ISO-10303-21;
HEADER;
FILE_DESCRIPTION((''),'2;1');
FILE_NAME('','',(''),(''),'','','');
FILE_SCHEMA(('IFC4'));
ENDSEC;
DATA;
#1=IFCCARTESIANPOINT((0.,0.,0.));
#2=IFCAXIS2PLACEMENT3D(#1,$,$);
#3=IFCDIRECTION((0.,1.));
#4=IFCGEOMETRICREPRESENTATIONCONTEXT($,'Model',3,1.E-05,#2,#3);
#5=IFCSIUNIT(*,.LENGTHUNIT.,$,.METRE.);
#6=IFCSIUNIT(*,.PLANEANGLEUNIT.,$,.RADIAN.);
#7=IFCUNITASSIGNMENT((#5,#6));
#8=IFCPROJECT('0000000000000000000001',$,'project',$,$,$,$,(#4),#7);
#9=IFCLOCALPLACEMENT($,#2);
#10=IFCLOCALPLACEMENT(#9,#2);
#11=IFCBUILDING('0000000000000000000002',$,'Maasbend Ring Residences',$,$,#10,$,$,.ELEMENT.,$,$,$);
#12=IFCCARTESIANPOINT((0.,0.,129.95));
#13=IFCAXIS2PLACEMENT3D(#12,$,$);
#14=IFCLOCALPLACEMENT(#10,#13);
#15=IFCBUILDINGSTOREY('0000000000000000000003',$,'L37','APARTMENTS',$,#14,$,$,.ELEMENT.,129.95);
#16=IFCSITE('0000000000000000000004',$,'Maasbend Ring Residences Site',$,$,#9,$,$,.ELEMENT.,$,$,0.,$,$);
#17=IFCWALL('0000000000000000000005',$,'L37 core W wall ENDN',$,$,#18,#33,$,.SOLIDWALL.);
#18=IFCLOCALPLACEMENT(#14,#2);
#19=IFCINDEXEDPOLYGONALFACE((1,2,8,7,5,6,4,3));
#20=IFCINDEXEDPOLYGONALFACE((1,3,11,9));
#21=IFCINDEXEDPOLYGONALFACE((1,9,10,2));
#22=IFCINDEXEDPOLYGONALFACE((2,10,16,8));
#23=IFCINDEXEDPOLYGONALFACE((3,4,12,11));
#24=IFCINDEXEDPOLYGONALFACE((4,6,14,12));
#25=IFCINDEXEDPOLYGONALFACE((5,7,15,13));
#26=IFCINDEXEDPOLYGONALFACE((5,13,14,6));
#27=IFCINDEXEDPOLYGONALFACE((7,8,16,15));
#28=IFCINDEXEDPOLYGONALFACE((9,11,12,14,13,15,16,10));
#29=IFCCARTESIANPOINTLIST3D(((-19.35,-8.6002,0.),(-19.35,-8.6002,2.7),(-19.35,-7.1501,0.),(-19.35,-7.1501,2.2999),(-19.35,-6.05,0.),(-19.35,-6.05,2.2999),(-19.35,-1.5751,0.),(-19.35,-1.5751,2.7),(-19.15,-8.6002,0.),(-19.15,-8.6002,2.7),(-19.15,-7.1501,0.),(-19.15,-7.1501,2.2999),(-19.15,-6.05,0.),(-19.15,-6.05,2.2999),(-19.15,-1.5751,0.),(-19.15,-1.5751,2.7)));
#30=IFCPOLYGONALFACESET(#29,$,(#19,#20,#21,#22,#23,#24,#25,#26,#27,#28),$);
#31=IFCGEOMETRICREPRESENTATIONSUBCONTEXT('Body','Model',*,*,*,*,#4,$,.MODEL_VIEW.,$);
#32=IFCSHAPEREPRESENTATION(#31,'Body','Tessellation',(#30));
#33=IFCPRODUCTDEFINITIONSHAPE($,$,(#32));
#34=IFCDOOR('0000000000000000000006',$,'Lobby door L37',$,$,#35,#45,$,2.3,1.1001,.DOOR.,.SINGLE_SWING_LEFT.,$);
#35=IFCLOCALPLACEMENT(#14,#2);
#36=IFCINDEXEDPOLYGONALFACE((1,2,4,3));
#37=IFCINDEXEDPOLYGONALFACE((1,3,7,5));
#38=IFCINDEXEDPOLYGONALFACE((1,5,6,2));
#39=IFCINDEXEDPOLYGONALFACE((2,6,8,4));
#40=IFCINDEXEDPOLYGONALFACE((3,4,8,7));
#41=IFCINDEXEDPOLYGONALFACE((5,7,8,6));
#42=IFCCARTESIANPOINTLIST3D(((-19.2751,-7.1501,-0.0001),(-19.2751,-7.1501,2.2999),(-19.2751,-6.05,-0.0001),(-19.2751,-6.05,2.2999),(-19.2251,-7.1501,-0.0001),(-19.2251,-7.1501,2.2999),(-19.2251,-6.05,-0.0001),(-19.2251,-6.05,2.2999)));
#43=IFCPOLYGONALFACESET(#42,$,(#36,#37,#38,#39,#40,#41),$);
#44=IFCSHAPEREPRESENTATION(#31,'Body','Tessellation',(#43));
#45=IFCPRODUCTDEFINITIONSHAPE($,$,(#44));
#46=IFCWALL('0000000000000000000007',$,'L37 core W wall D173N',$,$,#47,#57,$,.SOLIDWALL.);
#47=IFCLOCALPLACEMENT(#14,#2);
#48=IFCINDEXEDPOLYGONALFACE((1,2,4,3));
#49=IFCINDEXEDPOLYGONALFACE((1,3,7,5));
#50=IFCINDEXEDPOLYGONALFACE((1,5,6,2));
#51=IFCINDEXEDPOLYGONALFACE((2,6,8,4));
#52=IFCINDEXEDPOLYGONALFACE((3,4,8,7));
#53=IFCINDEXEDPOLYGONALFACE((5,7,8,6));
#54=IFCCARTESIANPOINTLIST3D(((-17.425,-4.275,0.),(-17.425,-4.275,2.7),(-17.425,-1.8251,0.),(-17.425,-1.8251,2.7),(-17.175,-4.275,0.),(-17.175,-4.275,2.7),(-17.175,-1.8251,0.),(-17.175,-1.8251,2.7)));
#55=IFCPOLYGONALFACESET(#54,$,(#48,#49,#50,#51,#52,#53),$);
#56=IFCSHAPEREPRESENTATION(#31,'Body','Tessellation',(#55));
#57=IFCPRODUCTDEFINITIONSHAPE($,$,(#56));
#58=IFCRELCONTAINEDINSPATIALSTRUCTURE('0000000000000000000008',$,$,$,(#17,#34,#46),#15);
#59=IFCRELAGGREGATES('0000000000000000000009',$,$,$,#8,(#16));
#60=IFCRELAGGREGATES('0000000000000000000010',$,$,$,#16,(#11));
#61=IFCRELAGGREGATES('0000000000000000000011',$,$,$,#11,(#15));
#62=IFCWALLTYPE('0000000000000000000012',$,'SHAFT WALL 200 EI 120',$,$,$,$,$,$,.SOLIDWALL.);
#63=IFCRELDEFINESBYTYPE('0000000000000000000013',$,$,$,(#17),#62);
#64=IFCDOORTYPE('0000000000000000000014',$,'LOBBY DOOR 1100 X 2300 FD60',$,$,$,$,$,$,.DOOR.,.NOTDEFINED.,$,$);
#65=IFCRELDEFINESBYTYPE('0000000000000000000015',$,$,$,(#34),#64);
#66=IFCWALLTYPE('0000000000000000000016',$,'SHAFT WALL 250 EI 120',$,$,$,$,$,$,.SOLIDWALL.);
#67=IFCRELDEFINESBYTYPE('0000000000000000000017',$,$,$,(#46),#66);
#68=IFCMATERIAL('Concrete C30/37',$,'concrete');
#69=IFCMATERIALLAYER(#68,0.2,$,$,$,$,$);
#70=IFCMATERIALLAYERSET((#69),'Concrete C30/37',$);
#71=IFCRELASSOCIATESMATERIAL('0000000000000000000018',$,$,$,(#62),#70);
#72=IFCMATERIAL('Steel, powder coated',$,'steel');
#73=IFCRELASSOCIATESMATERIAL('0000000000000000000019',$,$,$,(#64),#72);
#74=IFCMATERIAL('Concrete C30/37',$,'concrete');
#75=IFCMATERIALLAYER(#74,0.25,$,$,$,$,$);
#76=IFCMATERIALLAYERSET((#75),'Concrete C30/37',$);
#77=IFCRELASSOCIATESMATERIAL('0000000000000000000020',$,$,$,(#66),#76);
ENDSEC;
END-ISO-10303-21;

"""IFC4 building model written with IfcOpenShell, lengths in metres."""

from ifc_helpers import new_model, si_unit, direction, frame, frame_2d, origin, place, context, subcontext, project, spatial, rectangle, extrude, material, layer, layer_set, type_object, element, fill, save


model = new_model("IFC4")

# Units and contexts
model_context = context("Model", 3, precision=1e-05, world=origin(), true_north=direction((0.0, 1.0)))
body_context = subcontext(model_context, "Body", "Model", "MODEL_VIEW")
ifc_project = project(units=[si_unit("LENGTHUNIT", "METRE"), si_unit("PLANEANGLEUNIT", "RADIAN")], contexts=[model_context])

# Site, building, storey
site_placement = place(None, origin())
site = spatial("IfcSite", under=ifc_project, at=site_placement, Name="Maasbend Ring Residences Site", CompositionType="ELEMENT", RefElevation=0.0)
building_placement = place(site_placement, origin())
building = spatial("IfcBuilding", under=site, at=building_placement, Name="Maasbend Ring Residences", CompositionType="ELEMENT")
storey_placement = place(building_placement, frame((0.0, 0.0, 129.95)))
storey = spatial("IfcBuildingStorey", under=building, at=storey_placement, Name="L37", Description="APARTMENTS", CompositionType="ELEMENT", Elevation=129.95)

# Wall, opening, door
ifc_material_1 = material(Name="Concrete C30/37", Category="concrete")
ifc_layer_1 = layer(ifc_material_1, 0.2)
ifc_layer_set_1 = layer_set([ifc_layer_1], Name="Concrete C30/37")
wall_type_1 = type_object("IfcWallType", Name="SHAFT WALL 200 EI 120", PredefinedType="SOLIDWALL", material=ifc_layer_set_1)
wall_1_placement = place(storey_placement, frame((-19.25, -1.575, 0.0), z_axis=(0.0, 0.0, 1.0), x_axis=(0.0, -1.0, 0.0)))
wall_1 = element("IfcWall", 1, at=wall_1_placement, inside=storey, type_object=wall_type_1, Name="L37 core W wall ENDN", PredefinedType="SOLIDWALL", context=body_context, shape_type="SweptSolid", body=[
    extrude(rectangle(XDim=7.0251, YDim=0.2, at=frame_2d((3.5127, 0.0))), origin(), (0.0, 0.0, 1.0), 2.7),
])
opening_1_placement = place(wall_1_placement, frame((4.4751, 0.0, 0.0)))
opening_1 = element("IfcOpeningElement", 2, at=opening_1_placement, cuts=wall_1, PredefinedType="OPENING", context=body_context, shape_type="SweptSolid", body=[
    extrude(rectangle(XDim=1.1001, YDim=2.3, at=frame_2d((0.55, 1.1499))), frame((0.0, 0.1099, 0.0), z_axis=(0.0, -1.0, 0.0), x_axis=(1.0, 0.0, 0.0)), (0.0, 0.0, 1.0), 0.22),
])
ifc_material_2 = material(Name="Steel, powder coated", Category="steel")
door_type_1 = type_object("IfcDoorType", Name="LOBBY DOOR 1100 X 2300 FD60", OperationType="NOTDEFINED", PredefinedType="DOOR", material=ifc_material_2)
door_1_placement = place(opening_1_placement, origin())
door_1 = element("IfcDoor", 3, at=door_1_placement, inside=storey, type_object=door_type_1, Name="Lobby door L37", OperationType="SINGLE_SWING_LEFT", OverallHeight=2.3, OverallWidth=1.1001, PredefinedType="DOOR", context=body_context, shape_type="SweptSolid", body=[
    extrude(rectangle(XDim=1.1001, YDim=2.3, at=frame_2d((0.55, 1.1499))), frame((0.0, 0.0249, 0.0), z_axis=(0.0, -1.0, 0.0), x_axis=(1.0, 0.0, 0.0)), (0.0, 0.0, 1.0), 0.05),
])
fill(opening_1, door_1)

# Wall
ifc_material_3 = material(Name="Concrete C30/37", Category="concrete")
ifc_layer_2 = layer(ifc_material_3, 0.25)
ifc_layer_set_2 = layer_set([ifc_layer_2], Name="Concrete C30/37")
wall_type_2 = type_object("IfcWallType", Name="SHAFT WALL 250 EI 120", PredefinedType="SOLIDWALL", material=ifc_layer_set_2)
wall_2_placement = place(storey_placement, frame((-17.3, -1.825, 0.0), z_axis=(0.0, 0.0, 1.0), x_axis=(0.0, -1.0, 0.0)))
element("IfcWall", 4, at=wall_2_placement, inside=storey, type_object=wall_type_2, Name="L37 core W wall D173N", PredefinedType="SOLIDWALL", context=body_context, shape_type="SweptSolid", body=[
    extrude(rectangle(XDim=2.45, YDim=0.25, at=frame_2d((1.2251, 0.0))), origin(), (0.0, 0.0, 1.0), 2.7),
])

save(model, "model.ifc")
